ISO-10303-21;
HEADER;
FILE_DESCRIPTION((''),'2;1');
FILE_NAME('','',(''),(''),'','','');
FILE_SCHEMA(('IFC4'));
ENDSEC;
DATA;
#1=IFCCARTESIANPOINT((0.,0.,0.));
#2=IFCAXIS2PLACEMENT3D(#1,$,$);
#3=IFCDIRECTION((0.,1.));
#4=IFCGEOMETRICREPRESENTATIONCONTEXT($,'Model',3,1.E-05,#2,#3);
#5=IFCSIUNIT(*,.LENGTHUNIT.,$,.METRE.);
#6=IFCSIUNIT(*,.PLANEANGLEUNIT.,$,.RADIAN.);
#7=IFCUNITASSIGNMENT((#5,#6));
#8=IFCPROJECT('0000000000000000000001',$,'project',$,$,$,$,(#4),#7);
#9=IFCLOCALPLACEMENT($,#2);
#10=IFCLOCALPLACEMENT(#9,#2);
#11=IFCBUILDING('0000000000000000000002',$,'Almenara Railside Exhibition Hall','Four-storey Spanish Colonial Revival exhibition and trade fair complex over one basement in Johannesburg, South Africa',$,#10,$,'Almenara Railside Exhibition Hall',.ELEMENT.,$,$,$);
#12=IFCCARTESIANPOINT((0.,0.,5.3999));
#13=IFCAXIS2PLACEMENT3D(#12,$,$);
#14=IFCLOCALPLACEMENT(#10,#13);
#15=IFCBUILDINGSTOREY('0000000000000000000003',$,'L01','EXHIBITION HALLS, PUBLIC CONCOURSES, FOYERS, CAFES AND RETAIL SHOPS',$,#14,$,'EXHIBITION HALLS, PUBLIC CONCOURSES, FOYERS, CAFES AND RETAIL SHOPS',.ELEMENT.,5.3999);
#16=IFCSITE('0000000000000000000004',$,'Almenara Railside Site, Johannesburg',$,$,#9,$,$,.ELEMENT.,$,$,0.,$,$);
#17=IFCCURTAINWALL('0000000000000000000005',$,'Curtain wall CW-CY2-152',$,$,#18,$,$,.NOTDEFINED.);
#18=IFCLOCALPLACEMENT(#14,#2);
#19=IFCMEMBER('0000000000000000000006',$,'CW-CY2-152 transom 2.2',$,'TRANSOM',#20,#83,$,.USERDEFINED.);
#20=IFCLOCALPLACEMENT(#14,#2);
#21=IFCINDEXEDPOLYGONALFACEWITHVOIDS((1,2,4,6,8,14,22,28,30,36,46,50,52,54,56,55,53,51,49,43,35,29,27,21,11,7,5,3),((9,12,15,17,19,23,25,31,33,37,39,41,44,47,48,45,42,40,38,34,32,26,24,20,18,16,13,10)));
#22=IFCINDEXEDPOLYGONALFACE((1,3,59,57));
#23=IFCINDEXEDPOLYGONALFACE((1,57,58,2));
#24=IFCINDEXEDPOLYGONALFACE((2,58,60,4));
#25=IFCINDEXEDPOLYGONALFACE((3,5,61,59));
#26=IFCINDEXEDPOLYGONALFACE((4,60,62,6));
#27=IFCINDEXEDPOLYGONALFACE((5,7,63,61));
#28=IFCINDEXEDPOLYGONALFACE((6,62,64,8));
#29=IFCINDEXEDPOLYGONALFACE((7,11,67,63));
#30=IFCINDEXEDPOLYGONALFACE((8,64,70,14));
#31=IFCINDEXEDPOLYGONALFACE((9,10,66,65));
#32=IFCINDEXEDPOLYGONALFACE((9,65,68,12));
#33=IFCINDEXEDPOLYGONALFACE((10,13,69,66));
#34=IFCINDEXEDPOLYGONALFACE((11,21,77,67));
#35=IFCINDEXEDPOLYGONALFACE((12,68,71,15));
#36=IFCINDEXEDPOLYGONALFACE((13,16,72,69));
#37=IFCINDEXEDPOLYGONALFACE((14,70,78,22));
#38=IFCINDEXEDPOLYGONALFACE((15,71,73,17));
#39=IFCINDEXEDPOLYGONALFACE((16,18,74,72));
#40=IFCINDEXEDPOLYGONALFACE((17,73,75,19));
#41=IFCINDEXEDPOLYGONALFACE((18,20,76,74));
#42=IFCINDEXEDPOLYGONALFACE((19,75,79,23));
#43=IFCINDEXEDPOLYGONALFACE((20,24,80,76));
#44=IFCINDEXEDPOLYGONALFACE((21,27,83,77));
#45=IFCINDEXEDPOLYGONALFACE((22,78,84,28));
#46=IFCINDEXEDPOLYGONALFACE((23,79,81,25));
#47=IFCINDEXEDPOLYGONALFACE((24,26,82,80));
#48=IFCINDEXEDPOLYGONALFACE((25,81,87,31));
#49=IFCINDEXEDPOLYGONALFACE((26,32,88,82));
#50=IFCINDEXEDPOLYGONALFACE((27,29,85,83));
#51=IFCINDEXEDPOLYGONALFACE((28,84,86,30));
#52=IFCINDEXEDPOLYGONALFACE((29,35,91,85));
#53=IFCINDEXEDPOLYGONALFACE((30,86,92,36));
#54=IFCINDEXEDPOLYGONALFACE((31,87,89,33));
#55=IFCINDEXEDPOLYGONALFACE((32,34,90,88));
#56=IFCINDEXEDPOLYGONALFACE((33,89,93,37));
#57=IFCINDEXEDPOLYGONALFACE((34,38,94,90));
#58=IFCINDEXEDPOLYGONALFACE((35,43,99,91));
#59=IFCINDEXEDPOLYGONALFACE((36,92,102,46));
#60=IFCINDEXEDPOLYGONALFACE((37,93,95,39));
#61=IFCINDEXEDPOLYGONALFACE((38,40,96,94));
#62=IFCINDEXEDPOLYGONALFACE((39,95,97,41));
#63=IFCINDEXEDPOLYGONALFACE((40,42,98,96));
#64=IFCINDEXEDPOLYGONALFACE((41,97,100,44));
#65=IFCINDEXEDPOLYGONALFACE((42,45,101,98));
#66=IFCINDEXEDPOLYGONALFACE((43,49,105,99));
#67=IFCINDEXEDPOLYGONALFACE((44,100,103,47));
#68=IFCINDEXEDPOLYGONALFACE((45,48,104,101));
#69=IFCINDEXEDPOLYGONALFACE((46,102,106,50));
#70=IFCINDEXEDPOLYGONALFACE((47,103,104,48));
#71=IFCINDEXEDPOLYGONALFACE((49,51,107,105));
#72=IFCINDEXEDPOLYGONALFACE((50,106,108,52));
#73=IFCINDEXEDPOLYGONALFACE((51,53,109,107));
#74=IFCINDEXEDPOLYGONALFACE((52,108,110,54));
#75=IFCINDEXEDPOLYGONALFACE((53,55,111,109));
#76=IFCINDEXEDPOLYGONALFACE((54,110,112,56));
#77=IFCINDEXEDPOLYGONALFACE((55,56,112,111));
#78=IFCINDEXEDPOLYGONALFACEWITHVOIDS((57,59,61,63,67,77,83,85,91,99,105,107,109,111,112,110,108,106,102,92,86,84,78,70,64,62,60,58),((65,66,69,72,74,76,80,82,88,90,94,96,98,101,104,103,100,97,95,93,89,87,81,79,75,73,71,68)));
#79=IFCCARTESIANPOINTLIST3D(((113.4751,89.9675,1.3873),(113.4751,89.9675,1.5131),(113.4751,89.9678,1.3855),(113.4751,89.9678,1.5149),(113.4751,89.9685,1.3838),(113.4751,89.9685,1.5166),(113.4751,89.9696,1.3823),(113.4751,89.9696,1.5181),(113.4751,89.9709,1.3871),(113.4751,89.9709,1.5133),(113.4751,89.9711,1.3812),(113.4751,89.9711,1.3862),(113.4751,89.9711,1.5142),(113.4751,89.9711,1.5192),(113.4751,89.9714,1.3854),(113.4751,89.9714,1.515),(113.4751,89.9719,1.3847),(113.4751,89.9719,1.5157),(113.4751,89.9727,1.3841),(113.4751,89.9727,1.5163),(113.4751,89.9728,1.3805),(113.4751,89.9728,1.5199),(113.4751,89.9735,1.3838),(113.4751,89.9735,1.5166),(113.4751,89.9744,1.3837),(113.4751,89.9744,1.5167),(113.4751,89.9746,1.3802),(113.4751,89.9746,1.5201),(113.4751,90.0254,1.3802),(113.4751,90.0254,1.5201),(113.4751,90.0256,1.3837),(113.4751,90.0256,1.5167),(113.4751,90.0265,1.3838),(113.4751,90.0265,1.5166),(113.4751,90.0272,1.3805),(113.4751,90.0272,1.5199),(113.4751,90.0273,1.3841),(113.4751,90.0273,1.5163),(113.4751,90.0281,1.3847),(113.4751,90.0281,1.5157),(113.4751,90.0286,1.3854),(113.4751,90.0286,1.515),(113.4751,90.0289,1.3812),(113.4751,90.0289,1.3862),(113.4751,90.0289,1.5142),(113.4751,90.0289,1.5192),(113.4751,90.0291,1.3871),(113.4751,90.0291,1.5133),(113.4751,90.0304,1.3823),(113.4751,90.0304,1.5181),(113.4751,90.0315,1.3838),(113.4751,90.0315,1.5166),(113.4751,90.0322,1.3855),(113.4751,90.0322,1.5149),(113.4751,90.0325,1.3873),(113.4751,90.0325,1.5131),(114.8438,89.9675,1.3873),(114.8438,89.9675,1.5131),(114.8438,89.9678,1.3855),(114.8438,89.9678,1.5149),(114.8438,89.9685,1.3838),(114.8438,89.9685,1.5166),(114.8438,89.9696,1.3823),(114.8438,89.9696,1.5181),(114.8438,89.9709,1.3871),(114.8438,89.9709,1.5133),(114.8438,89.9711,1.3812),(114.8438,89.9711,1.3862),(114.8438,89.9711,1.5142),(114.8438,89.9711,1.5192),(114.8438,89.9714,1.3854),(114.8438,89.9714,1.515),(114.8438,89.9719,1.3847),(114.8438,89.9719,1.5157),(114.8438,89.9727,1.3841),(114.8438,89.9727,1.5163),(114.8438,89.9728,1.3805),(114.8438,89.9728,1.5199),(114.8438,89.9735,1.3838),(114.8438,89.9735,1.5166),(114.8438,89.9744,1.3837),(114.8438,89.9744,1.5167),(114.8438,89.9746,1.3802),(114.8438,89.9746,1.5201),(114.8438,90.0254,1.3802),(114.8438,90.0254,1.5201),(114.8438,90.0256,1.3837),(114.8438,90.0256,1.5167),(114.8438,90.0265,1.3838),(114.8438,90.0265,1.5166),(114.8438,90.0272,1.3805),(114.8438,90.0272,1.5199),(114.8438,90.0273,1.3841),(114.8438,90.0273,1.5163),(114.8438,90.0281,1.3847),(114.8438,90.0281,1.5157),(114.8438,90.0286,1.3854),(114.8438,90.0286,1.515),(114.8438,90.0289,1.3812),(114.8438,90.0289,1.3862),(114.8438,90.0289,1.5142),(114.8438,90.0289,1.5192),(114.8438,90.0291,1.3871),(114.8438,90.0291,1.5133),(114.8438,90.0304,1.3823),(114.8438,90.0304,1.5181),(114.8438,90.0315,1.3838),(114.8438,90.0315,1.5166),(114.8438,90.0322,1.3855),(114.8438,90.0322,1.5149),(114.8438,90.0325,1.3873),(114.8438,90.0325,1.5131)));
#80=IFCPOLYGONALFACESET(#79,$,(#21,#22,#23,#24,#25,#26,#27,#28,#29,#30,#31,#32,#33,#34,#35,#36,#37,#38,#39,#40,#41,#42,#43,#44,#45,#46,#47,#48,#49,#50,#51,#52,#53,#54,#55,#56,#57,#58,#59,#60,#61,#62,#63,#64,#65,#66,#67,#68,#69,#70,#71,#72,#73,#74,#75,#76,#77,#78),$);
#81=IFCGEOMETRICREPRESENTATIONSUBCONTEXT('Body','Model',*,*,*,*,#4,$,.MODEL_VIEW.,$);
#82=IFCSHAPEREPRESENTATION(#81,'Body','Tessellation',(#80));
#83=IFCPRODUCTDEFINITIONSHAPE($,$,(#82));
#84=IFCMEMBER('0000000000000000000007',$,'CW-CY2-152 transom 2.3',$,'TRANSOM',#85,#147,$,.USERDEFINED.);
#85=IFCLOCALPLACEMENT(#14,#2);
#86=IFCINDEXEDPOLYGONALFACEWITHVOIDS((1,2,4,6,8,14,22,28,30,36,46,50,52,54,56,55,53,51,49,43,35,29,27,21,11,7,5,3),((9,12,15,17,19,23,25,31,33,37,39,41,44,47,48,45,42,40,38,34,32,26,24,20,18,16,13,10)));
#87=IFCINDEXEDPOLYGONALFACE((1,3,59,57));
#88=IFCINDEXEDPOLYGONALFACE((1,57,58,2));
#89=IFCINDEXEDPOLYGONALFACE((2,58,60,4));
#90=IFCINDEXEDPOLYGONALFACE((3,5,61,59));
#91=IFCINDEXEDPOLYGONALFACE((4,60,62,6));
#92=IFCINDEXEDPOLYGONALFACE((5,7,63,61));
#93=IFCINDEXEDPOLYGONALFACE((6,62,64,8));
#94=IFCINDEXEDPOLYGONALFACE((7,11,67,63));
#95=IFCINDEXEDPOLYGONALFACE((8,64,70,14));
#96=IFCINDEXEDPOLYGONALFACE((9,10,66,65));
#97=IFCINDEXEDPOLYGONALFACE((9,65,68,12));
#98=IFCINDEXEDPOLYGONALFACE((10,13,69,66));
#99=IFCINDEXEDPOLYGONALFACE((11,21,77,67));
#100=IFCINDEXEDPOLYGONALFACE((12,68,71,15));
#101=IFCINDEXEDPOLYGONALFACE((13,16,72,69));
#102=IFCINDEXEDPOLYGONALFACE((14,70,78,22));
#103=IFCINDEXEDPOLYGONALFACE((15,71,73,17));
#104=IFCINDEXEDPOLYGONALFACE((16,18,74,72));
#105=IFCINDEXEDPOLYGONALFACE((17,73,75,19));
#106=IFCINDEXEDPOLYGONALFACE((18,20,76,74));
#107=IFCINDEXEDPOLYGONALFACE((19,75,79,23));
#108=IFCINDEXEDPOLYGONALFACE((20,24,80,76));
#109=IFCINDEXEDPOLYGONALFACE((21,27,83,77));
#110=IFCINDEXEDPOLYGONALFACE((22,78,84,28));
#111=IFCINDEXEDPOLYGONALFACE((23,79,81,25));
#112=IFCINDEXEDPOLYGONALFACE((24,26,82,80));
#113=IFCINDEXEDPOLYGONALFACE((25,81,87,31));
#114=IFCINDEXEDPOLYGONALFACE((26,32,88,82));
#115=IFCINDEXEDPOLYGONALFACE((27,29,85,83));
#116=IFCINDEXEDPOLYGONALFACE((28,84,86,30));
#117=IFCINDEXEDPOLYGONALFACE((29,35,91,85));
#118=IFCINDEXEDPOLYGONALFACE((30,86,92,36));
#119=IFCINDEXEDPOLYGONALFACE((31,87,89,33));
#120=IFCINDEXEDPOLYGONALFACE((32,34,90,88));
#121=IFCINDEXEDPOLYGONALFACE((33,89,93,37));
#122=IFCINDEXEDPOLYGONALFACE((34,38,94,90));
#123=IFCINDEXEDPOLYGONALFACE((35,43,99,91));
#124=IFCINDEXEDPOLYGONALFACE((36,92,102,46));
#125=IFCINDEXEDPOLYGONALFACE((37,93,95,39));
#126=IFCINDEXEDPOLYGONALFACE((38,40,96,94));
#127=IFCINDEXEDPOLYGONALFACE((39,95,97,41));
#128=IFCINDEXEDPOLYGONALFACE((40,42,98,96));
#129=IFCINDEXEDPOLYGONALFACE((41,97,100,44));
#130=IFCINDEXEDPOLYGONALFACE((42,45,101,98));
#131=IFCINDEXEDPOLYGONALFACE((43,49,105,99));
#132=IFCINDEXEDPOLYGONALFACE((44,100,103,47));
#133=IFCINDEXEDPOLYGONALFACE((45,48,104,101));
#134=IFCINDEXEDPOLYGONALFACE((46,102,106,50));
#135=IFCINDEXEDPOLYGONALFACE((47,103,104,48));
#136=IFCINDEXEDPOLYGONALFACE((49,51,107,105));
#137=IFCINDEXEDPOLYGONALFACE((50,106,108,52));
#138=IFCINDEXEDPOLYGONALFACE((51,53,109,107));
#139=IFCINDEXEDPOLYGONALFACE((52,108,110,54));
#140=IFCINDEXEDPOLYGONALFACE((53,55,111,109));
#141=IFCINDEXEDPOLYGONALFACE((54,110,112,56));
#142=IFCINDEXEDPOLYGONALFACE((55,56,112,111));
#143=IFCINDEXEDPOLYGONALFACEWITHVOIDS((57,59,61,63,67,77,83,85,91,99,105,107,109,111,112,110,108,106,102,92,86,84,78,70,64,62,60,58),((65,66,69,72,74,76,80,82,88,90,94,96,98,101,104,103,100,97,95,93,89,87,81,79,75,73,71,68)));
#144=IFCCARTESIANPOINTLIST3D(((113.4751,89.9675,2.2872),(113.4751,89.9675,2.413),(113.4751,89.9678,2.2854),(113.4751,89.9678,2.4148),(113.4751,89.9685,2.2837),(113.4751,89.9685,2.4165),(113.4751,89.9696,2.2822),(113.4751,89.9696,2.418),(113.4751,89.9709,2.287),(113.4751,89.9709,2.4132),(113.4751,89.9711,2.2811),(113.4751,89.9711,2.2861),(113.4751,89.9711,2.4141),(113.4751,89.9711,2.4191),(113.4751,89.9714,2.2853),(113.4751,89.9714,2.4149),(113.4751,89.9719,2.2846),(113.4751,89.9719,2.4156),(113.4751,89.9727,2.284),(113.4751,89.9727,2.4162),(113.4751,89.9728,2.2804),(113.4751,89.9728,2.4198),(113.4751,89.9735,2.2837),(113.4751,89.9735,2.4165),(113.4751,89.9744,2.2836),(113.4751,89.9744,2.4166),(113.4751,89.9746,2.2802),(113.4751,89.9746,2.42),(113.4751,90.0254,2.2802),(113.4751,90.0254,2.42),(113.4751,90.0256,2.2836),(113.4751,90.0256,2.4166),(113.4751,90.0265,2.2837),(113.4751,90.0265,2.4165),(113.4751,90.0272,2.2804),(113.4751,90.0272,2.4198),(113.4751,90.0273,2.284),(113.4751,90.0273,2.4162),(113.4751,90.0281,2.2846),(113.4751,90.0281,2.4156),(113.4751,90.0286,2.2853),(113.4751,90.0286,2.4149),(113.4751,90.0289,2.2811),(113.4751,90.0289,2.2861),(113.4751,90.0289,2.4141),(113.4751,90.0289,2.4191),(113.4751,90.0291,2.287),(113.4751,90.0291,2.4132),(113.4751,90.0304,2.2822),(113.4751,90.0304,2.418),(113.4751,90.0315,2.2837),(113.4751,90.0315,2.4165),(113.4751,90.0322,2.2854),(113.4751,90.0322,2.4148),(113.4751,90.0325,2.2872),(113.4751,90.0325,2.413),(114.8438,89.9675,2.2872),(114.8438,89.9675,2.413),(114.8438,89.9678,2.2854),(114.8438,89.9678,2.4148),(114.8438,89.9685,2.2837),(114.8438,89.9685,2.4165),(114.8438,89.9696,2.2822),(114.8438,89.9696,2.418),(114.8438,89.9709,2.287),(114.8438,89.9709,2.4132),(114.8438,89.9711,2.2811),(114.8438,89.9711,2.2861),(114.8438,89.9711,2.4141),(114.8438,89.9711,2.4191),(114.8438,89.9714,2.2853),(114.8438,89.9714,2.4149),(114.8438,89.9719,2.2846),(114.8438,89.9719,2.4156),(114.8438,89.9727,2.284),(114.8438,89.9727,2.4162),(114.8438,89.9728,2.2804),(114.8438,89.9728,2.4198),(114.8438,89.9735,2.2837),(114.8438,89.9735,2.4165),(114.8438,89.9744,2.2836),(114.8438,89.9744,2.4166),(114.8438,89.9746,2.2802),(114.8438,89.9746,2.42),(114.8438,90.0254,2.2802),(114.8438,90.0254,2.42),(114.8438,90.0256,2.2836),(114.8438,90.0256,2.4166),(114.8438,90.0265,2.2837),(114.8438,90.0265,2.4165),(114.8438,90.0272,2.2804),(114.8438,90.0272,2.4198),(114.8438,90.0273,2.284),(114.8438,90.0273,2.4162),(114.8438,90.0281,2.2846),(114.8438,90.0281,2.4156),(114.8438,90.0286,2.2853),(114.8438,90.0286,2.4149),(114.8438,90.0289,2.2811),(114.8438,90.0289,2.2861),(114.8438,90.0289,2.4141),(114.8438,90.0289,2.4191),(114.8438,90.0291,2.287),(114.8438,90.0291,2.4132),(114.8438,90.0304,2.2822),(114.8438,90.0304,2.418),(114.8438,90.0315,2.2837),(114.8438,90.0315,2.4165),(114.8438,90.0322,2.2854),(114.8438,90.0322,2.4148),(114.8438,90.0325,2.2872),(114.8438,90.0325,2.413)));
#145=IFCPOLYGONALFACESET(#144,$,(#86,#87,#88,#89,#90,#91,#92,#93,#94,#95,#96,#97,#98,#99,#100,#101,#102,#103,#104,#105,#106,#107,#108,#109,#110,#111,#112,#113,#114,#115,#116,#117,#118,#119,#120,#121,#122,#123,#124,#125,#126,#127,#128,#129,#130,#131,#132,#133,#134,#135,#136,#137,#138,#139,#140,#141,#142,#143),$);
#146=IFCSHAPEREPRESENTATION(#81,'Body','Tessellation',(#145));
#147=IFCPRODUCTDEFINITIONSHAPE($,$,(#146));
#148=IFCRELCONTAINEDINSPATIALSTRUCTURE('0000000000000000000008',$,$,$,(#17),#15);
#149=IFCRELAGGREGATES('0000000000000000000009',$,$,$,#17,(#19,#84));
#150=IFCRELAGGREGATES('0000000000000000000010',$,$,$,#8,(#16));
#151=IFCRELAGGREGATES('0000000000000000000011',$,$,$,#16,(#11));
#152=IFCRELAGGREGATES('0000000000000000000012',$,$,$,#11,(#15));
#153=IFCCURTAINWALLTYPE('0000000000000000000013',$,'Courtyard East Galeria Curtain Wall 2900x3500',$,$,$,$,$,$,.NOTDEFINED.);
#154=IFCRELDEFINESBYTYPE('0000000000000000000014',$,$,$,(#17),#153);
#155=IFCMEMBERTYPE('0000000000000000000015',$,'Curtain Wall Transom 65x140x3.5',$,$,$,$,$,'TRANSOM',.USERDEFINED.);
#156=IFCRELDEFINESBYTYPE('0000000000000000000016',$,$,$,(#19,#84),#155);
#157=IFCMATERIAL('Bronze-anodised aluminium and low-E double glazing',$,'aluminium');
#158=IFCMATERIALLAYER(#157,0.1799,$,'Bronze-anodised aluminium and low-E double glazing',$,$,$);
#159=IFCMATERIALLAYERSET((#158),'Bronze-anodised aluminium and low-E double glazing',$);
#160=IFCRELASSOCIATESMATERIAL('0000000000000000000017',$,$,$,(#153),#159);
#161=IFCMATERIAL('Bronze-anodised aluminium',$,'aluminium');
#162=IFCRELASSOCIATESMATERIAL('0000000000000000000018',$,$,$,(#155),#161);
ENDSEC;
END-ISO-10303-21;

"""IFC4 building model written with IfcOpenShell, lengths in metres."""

from ifc_helpers import new_model, si_unit, direction, frame, origin, origin_2d, place, context, subcontext, project, spatial, hollow_rectangle, extrude, material, layer, layer_set, material_profile, profile_set, type_object, element, aggregate, save


model = new_model("IFC4")

# Units and contexts
model_context = context("Model", 3, precision=1e-05, world=origin(), true_north=direction((0.0, 1.0)))
body_context = subcontext(model_context, "Body", "Model", "MODEL_VIEW")
ifc_project = project(units=[si_unit("LENGTHUNIT", "METRE"), si_unit("PLANEANGLEUNIT", "RADIAN")], contexts=[model_context])

# Site, building, storey
site_placement = place(None, origin())
site = spatial("IfcSite", under=ifc_project, at=site_placement, Name="Almenara Railside Site, Johannesburg", CompositionType="ELEMENT", RefElevation=0.0)
building_placement = place(site_placement, origin())
building = spatial("IfcBuilding", under=site, at=building_placement, Name="Almenara Railside Exhibition Hall", Description="Four-storey Spanish Colonial Revival exhibition and trade fair complex over one basement in Johannesburg, South Africa", LongName="Almenara Railside Exhibition Hall", CompositionType="ELEMENT")
storey_placement = place(building_placement, frame((0.0, 0.0, 5.3999)))
storey = spatial("IfcBuildingStorey", under=building, at=storey_placement, Name="L01", Description="EXHIBITION HALLS, PUBLIC CONCOURSES, FOYERS, CAFES AND RETAIL SHOPS", LongName="EXHIBITION HALLS, PUBLIC CONCOURSES, FOYERS, CAFES AND RETAIL SHOPS", CompositionType="ELEMENT", Elevation=5.3999)

# Shared definitions
ifc_material_1 = material(Name="Bronze-anodised aluminium and low-E double glazing", Category="aluminium")
ifc_layer_1 = layer(ifc_material_1, 0.1799, Name="Bronze-anodised aluminium and low-E double glazing")
ifc_layer_set_1 = layer_set([ifc_layer_1], Name="Bronze-anodised aluminium and low-E double glazing")
curtain_wall_type = type_object("IfcCurtainWallType", Name="Courtyard East Galeria Curtain Wall 2900x3500", PredefinedType="NOTDEFINED", material=ifc_layer_set_1)
ifc_material_2 = material(Name="Bronze-anodised aluminium", Category="aluminium")

# Curtain wall
curtain_wall_1_placement = place(storey_placement, origin())
curtain_wall_1 = element("IfcCurtainWall", 1, at=curtain_wall_1_placement, inside=storey, type_object=curtain_wall_type, Name="Curtain wall CW-CY2-152", PredefinedType="NOTDEFINED")

# Members
ifc_material_profile_1 = material_profile(ifc_material_2, hollow_rectangle(XDim=0.0649, YDim=0.1399, WallThickness=0.0034, InnerFilletRadius=0.0034, OuterFilletRadius=0.0071, at=origin_2d()), Name="ALU-TRN 65x140x3.5")
ifc_profile_set_1 = profile_set([ifc_material_profile_1], Name="Bronze-anodised aluminium")
member_type_1 = type_object("IfcMemberType", Name="Curtain Wall Transom 65x140x3.5", ElementType="TRANSOM", PredefinedType="USERDEFINED", material=ifc_profile_set_1)
member_1_placement = place(storey_placement, frame((114.8438, 90.0, 1.4502), z_axis=(-1.0, 0.0, 0.0), x_axis=(0.0, -1.0, 0.0)))
member_1 = element("IfcMember", 2, at=member_1_placement, type_object=member_type_1, Name="CW-CY2-152 transom 2.2", ObjectType="TRANSOM", PredefinedType="USERDEFINED", context=body_context, shape_type="SweptSolid", body=[
    extrude(hollow_rectangle(XDim=0.0649, YDim=0.1399, WallThickness=0.0034, InnerFilletRadius=0.0034, OuterFilletRadius=0.0071, at=origin_2d()), origin(), (0.0, 0.0, 1.0), 1.3687),
])
member_2_placement = place(storey_placement, frame((114.8438, 90.0, 2.3501), z_axis=(-1.0, 0.0, 0.0), x_axis=(0.0, -1.0, 0.0)))
member_2 = element("IfcMember", 3, at=member_2_placement, type_object=member_type_1, Name="CW-CY2-152 transom 2.3", ObjectType="TRANSOM", PredefinedType="USERDEFINED", context=body_context, shape_type="SweptSolid", body=[
    extrude(hollow_rectangle(XDim=0.0649, YDim=0.1399, WallThickness=0.0034, InnerFilletRadius=0.0034, OuterFilletRadius=0.0071, at=origin_2d()), origin(), (0.0, 0.0, 1.0), 1.3687),
])

aggregate(curtain_wall_1, [member_1, member_2])

save(model, "model.ifc")
